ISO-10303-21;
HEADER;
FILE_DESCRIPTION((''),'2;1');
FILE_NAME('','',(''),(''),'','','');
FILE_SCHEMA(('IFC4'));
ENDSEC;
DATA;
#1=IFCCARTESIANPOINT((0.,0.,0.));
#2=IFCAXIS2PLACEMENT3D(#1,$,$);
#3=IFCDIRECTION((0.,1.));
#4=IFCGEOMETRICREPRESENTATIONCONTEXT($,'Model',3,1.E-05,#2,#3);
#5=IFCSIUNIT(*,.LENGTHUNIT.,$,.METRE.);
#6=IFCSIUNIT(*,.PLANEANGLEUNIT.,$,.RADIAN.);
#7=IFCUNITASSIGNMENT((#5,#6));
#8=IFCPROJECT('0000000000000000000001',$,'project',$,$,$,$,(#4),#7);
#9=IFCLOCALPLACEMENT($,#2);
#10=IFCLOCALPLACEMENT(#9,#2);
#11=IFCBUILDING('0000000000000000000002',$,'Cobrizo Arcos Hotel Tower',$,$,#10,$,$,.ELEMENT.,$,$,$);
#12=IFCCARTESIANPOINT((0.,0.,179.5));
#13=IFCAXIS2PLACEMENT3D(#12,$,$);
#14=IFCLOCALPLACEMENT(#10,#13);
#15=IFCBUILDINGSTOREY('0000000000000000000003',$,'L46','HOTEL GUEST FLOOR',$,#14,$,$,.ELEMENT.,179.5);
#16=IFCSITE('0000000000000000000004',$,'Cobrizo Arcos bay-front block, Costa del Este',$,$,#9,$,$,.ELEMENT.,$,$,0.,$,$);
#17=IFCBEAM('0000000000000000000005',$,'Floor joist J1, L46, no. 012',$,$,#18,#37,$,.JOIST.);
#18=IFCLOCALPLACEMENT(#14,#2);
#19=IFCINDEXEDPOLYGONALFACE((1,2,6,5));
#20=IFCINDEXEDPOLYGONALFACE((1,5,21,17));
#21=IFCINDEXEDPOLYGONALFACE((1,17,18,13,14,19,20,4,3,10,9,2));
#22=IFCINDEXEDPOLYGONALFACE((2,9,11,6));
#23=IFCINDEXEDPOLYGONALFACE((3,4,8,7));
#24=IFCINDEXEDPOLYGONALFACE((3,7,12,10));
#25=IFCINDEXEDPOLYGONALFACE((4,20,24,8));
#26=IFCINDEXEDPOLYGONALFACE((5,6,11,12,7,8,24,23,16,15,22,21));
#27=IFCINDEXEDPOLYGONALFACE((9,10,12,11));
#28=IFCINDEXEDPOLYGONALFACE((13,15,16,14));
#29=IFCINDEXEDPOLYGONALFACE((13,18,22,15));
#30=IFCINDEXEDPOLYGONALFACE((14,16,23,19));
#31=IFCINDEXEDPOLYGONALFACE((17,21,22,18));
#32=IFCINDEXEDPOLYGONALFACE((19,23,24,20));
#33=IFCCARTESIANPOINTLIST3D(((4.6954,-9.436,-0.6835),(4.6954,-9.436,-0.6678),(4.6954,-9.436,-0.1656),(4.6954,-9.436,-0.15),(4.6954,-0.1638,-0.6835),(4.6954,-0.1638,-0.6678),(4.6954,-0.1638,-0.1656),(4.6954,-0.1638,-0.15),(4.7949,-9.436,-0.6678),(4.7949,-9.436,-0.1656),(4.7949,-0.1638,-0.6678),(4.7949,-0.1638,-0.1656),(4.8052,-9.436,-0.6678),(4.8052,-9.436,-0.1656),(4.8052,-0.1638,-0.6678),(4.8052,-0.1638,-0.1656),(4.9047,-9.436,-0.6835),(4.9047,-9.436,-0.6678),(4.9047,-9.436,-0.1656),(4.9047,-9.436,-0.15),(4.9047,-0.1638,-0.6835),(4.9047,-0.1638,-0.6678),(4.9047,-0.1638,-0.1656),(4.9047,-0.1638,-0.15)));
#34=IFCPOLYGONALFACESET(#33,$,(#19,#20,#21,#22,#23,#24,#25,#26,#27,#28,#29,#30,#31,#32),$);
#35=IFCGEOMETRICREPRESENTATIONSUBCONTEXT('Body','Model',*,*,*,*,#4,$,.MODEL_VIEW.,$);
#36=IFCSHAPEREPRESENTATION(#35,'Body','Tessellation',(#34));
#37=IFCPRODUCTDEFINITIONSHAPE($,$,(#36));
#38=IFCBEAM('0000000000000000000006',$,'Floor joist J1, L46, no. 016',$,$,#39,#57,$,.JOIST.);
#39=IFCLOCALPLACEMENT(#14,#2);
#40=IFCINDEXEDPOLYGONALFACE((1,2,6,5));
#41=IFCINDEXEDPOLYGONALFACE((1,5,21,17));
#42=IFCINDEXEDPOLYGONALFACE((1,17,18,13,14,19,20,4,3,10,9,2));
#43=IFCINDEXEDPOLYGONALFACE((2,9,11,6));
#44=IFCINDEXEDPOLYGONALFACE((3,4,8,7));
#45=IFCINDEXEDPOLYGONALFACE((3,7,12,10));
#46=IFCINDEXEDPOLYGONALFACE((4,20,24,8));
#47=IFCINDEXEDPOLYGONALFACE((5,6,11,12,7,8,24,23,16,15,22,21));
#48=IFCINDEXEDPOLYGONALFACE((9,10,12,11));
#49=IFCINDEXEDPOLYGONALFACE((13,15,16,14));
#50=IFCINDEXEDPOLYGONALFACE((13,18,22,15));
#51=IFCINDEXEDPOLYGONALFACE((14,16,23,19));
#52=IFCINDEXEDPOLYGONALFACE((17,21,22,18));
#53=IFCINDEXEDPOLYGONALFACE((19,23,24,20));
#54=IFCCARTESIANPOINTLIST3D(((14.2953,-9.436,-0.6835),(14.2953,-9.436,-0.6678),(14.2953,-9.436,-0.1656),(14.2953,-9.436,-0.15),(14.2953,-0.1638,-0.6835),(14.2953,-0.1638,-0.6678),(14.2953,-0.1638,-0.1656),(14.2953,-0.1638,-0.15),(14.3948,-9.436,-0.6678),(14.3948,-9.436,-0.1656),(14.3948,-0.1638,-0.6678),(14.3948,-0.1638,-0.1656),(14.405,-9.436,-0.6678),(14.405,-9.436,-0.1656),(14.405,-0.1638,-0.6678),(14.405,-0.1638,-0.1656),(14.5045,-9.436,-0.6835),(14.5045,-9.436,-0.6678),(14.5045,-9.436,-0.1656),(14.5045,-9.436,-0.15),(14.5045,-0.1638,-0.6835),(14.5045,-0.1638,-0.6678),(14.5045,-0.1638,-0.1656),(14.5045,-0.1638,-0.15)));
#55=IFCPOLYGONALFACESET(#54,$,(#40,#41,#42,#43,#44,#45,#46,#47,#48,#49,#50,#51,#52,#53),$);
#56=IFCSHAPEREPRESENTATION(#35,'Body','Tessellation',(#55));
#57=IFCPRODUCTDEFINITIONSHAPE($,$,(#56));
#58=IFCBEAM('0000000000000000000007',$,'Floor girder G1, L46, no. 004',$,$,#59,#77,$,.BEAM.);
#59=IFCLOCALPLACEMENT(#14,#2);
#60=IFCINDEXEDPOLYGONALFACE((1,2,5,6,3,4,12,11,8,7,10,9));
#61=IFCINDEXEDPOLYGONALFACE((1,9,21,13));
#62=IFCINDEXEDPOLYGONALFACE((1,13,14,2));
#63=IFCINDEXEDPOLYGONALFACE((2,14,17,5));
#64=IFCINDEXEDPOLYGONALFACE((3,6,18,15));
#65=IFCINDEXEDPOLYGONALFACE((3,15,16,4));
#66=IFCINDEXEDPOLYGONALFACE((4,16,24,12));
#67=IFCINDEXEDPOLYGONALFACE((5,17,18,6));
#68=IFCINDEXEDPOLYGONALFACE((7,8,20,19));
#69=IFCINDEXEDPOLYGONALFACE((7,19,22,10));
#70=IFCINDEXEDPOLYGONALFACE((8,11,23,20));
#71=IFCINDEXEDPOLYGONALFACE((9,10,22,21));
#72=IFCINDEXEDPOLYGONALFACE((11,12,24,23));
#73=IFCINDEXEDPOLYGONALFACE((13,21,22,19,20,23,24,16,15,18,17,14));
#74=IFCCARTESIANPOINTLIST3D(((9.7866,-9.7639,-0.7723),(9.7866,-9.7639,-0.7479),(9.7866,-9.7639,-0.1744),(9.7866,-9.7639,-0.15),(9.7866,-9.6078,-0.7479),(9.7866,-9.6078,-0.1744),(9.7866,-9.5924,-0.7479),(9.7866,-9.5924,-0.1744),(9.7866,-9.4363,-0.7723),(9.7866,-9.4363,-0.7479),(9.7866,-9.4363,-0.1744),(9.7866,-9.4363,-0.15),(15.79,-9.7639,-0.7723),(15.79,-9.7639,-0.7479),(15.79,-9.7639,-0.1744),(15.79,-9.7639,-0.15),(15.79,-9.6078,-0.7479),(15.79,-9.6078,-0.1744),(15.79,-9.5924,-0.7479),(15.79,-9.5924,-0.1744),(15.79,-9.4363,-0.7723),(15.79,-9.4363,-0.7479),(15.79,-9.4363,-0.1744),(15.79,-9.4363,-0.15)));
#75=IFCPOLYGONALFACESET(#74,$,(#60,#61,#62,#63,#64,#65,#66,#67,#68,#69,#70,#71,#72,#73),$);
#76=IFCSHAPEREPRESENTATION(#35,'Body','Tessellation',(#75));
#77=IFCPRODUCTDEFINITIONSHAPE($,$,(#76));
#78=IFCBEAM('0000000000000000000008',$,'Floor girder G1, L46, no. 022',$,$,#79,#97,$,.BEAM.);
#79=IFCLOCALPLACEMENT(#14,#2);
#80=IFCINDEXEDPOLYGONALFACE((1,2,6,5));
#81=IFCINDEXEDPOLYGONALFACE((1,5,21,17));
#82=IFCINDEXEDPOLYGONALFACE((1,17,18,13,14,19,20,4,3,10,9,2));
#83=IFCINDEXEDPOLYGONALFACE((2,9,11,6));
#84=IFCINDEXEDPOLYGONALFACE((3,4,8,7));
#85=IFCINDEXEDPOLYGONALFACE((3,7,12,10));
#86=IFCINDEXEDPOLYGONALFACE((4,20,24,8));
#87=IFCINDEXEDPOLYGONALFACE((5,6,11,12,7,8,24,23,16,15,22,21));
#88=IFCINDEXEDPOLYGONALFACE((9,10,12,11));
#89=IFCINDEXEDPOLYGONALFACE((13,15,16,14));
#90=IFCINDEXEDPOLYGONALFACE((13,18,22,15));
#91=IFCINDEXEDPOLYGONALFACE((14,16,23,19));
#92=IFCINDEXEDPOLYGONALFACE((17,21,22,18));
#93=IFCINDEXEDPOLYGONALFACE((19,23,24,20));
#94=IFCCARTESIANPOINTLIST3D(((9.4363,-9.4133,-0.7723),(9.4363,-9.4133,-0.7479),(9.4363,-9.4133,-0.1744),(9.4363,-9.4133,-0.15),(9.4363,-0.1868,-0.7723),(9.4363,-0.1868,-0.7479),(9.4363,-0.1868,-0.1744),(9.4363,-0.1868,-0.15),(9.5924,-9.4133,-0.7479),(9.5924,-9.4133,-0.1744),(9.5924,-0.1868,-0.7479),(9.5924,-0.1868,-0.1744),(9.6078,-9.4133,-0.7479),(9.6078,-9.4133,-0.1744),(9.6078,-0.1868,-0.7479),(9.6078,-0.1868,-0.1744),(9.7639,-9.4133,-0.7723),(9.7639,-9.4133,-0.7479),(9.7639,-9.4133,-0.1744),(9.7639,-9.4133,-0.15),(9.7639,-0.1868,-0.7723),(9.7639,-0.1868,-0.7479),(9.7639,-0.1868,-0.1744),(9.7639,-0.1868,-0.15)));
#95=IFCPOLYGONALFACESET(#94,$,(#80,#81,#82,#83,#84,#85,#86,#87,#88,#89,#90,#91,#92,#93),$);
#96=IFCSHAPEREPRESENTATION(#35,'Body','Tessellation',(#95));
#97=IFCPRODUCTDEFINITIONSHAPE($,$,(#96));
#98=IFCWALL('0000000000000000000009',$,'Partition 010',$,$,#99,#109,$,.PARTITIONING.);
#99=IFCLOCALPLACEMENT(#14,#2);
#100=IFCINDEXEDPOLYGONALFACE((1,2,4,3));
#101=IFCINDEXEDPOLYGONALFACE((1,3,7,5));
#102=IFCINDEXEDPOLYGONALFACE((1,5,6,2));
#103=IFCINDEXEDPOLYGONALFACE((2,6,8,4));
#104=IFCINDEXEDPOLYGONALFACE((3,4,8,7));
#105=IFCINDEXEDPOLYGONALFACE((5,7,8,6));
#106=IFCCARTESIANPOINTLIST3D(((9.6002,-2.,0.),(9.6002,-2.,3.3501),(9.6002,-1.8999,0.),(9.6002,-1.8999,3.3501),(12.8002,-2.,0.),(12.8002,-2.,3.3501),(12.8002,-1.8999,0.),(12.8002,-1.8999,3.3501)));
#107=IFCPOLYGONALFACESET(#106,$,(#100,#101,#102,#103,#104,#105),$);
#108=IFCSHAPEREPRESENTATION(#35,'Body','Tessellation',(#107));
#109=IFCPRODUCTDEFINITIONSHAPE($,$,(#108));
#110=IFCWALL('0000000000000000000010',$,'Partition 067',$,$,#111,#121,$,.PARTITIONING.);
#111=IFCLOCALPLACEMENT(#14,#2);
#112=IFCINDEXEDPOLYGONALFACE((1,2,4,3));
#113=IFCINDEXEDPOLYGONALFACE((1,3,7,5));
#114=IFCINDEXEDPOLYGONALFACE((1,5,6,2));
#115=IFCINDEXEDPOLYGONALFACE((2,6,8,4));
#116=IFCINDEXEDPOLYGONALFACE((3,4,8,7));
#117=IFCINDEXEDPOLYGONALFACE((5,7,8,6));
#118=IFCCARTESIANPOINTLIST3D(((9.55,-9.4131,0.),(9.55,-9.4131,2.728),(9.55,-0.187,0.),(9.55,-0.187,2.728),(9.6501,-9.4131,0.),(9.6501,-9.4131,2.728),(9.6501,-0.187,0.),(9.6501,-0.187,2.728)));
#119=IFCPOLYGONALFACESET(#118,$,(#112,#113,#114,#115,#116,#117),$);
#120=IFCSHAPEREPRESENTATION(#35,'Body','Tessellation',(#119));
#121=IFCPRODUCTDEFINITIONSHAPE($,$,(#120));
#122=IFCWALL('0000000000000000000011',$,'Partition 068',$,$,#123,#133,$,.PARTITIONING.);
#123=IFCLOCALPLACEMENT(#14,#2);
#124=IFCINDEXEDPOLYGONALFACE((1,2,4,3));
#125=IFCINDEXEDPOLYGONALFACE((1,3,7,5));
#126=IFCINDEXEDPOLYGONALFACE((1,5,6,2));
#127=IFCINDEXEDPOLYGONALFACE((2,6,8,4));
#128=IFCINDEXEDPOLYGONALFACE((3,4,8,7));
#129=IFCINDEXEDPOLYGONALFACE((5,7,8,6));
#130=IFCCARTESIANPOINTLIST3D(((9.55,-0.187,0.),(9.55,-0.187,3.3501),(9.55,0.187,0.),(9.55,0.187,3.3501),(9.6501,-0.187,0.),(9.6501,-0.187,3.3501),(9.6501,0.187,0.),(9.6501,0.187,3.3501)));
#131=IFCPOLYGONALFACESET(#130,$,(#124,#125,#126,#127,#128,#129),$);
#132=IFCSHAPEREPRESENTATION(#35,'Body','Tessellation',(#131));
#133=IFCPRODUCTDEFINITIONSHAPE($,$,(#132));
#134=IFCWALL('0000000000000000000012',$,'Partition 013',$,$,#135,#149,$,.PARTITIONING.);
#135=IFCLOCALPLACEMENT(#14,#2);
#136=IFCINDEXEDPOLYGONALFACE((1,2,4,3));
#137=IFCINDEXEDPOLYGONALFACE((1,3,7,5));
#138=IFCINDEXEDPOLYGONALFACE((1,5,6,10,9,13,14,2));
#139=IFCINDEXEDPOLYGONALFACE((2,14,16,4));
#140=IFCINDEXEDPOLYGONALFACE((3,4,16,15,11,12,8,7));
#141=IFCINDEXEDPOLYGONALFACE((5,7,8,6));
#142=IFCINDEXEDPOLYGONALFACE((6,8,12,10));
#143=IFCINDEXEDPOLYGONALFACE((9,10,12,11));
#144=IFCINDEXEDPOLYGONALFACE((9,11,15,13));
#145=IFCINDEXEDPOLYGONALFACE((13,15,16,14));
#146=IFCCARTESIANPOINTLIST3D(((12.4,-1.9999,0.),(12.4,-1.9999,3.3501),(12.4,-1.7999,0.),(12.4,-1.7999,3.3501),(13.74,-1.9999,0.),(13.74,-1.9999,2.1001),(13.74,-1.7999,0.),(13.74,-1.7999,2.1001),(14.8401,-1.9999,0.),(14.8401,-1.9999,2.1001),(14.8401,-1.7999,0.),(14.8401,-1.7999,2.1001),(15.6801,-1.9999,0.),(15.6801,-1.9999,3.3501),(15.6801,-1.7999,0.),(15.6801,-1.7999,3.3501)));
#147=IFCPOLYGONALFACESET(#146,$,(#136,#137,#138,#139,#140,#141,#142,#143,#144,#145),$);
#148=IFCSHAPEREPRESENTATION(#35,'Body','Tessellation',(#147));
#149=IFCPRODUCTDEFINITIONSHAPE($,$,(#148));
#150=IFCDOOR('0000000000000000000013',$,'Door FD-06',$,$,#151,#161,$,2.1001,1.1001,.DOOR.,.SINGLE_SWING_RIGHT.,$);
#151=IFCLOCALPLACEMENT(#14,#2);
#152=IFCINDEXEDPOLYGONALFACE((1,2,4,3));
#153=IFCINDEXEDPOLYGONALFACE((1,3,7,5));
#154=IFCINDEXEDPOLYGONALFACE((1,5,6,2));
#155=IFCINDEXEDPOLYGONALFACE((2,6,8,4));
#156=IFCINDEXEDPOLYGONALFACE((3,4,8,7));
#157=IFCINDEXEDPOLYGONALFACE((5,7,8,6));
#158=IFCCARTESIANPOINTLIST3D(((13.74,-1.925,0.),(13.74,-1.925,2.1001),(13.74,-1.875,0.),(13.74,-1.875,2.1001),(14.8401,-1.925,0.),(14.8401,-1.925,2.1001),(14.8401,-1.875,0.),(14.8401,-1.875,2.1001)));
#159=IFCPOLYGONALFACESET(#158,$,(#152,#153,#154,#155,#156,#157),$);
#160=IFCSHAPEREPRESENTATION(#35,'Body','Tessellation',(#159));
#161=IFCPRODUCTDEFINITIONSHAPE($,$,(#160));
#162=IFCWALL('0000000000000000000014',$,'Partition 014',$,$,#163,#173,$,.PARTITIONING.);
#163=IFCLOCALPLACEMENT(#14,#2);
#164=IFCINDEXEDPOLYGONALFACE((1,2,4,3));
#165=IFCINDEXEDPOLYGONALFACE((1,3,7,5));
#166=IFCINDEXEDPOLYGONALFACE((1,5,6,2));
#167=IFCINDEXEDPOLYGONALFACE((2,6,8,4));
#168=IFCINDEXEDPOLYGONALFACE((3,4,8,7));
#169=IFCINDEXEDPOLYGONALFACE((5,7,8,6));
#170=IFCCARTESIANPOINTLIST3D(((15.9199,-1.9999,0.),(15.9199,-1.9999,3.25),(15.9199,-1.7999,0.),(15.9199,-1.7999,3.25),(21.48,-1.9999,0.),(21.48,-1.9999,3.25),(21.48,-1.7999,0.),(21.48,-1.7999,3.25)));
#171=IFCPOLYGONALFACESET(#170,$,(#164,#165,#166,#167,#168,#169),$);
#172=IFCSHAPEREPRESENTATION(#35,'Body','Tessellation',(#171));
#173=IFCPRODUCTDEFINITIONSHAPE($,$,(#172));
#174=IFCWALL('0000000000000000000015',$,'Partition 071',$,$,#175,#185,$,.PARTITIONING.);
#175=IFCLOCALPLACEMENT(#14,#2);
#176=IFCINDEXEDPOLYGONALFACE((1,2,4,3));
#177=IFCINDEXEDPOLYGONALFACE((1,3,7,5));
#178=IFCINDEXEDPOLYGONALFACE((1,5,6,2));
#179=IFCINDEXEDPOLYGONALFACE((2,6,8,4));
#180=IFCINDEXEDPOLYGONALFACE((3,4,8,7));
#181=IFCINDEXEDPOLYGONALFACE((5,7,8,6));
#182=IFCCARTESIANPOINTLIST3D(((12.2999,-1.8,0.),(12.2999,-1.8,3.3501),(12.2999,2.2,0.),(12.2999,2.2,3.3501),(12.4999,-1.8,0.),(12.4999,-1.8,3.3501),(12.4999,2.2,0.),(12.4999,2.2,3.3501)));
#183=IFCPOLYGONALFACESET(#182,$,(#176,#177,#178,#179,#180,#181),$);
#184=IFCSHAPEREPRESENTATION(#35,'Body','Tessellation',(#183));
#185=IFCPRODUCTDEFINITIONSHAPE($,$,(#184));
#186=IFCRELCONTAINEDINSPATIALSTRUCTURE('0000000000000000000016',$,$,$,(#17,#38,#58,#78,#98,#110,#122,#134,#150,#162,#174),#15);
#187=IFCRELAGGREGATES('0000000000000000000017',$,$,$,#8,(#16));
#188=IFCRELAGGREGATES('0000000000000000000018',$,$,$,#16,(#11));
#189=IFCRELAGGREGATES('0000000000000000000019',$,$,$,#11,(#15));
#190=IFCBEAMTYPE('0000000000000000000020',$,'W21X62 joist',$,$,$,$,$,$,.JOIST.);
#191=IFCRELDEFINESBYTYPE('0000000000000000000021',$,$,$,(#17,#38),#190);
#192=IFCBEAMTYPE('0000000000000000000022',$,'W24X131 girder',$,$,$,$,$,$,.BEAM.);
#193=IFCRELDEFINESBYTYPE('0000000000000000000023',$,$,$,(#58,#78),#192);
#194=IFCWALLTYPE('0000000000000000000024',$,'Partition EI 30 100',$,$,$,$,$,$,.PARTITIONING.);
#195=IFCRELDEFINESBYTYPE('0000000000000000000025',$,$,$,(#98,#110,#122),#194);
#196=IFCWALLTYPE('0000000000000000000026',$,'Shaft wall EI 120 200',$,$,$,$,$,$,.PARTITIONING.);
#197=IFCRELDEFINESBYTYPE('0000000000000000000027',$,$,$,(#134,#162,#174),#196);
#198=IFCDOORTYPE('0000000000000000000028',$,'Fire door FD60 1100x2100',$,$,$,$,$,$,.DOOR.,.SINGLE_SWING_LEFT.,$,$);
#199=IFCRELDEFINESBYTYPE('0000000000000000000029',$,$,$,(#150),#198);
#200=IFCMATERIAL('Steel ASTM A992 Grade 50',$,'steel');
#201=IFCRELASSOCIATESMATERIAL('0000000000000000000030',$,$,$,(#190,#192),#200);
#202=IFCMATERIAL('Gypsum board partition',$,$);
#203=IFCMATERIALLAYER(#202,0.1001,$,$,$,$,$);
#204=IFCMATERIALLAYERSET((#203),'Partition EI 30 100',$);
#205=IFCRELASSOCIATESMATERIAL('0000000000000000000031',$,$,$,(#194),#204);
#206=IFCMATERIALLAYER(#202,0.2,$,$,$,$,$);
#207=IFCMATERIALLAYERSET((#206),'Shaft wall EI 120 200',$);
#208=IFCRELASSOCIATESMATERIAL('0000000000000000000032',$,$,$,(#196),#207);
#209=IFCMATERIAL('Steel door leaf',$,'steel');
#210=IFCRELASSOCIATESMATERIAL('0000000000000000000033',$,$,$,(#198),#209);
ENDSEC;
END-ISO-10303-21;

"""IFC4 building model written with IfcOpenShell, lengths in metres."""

from ifc_helpers import new_model, si_unit, direction, frame, frame_2d, origin, origin_2d, place, context, subcontext, project, spatial, rectangle, i_section, extrude, material, layer, layer_set, material_profile, profile_set, type_object, element, fill, save


model = new_model("IFC4")

# Units and contexts
model_context = context("Model", 3, precision=1e-05, world=origin(), true_north=direction((0.0, 1.0)))
body_context = subcontext(model_context, "Body", "Model", "MODEL_VIEW")
ifc_project = project(units=[si_unit("LENGTHUNIT", "METRE"), si_unit("PLANEANGLEUNIT", "RADIAN")], contexts=[model_context])

# Site, building, storey
site_placement = place(None, origin())
site = spatial("IfcSite", under=ifc_project, at=site_placement, Name="Cobrizo Arcos bay-front block, Costa del Este", CompositionType="ELEMENT", RefElevation=0.0)
building_placement = place(site_placement, origin())
building = spatial("IfcBuilding", under=site, at=building_placement, Name="Cobrizo Arcos Hotel Tower", CompositionType="ELEMENT")
storey_placement = place(building_placement, frame((0.0, 0.0, 179.5)))
storey = spatial("IfcBuildingStorey", under=building, at=storey_placement, Name="L46", Description="HOTEL GUEST FLOOR", CompositionType="ELEMENT", Elevation=179.5)

# Beams
ifc_material_1 = material(Name="Steel ASTM A992 Grade 50", Category="steel")
ifc_material_profile_1 = material_profile(ifc_material_1, i_section(OverallWidth=0.2092, OverallDepth=0.5334, WebThickness=0.0103, FlangeThickness=0.0156, at=origin_2d()), Name="W21X62")
ifc_profile_set_1 = profile_set([ifc_material_profile_1], Name="Steel ASTM A992 Grade 50")
beam_type_1 = type_object("IfcBeamType", Name="W21X62 joist", PredefinedType="JOIST", material=ifc_profile_set_1)
for number, where, z_axis, x_axis, name in (
    (1, (4.8, -9.436, -0.4167), (0.0, 1.0, 0.0), (-1.0, 0.0, 0.0), "Floor joist J1, L46, no. 012"),
    (2, (14.3999, -9.436, -0.4167), (0.0, 1.0, 0.0), (-1.0, 0.0, 0.0), "Floor joist J1, L46, no. 016"),
):
    element("IfcBeam", number, at=place(storey_placement, frame(where, z_axis=z_axis, x_axis=x_axis)), inside=storey, type_object=beam_type_1, Name=name, PredefinedType="JOIST", context=body_context, shape_type="SweptSolid", body=[
        extrude(i_section(OverallWidth=0.2092, OverallDepth=0.5334, WebThickness=0.0103, FlangeThickness=0.0156, at=origin_2d()), origin(), (0.0, 0.0, 1.0), 9.2722),
    ])
ifc_material_profile_2 = material_profile(ifc_material_1, i_section(OverallWidth=0.3276, OverallDepth=0.6223, WebThickness=0.0154, FlangeThickness=0.0244, at=origin_2d()), Name="W24X131")
ifc_profile_set_2 = profile_set([ifc_material_profile_2], Name="Steel ASTM A992 Grade 50")
beam_type_2 = type_object("IfcBeamType", Name="W24X131 girder", PredefinedType="BEAM", material=ifc_profile_set_2)
beam_1_placement = place(storey_placement, frame((9.7866, -9.6001, -0.4612), z_axis=(1.0, 0.0, 0.0), x_axis=(0.0, 1.0, 0.0)))
element("IfcBeam", 3, at=beam_1_placement, inside=storey, type_object=beam_type_2, Name="Floor girder G1, L46, no. 004", PredefinedType="BEAM", context=body_context, shape_type="SweptSolid", body=[
    extrude(i_section(OverallWidth=0.3276, OverallDepth=0.6223, WebThickness=0.0154, FlangeThickness=0.0244, at=origin_2d()), origin(), (0.0, 0.0, 1.0), 6.0034),
])
beam_2_placement = place(storey_placement, frame((9.6001, -9.4133, -0.4612), z_axis=(0.0, 1.0, 0.0), x_axis=(-1.0, 0.0, 0.0)))
element("IfcBeam", 4, at=beam_2_placement, inside=storey, type_object=beam_type_2, Name="Floor girder G1, L46, no. 022", PredefinedType="BEAM", context=body_context, shape_type="SweptSolid", body=[
    extrude(i_section(OverallWidth=0.3276, OverallDepth=0.6223, WebThickness=0.0154, FlangeThickness=0.0244, at=origin_2d()), origin(), (0.0, 0.0, 1.0), 9.2266),
])

# Walls
ifc_material_2 = material(Name="Gypsum board partition")
ifc_layer_1 = layer(ifc_material_2, 0.1001)
ifc_layer_set_1 = layer_set([ifc_layer_1], Name="Partition EI 30 100")
wall_type_1 = type_object("IfcWallType", Name="Partition EI 30 100", PredefinedType="PARTITIONING", material=ifc_layer_set_1)
wall_1_placement = place(storey_placement, frame((9.6001, -1.95, 0.0), z_axis=(0.0, 0.0, 1.0), x_axis=(1.0, 0.0, 0.0)))
element("IfcWall", 5, at=wall_1_placement, inside=storey, type_object=wall_type_1, Name="Partition 010", PredefinedType="PARTITIONING", context=body_context, shape_type="SweptSolid", body=[
    extrude(rectangle(XDim=3.2, YDim=0.1001, at=frame_2d((1.6001, 0.0))), origin(), (0.0, 0.0, 1.0), 3.3501),
])
wall_2_placement = place(storey_placement, frame((9.6001, -9.4131, 0.0), z_axis=(0.0, 0.0, 1.0), x_axis=(0.0, 1.0, 0.0)))
element("IfcWall", 6, at=wall_2_placement, inside=storey, type_object=wall_type_1, Name="Partition 067", PredefinedType="PARTITIONING", context=body_context, shape_type="SweptSolid", body=[
    extrude(rectangle(XDim=9.2261, YDim=0.1001, at=frame_2d((4.613, 0.0))), origin(), (0.0, 0.0, 1.0), 2.728),
])
wall_3_placement = place(storey_placement, frame((9.6001, -0.187, 0.0), z_axis=(0.0, 0.0, 1.0), x_axis=(0.0, 1.0, 0.0)))
element("IfcWall", 7, at=wall_3_placement, inside=storey, type_object=wall_type_1, Name="Partition 068", PredefinedType="PARTITIONING", context=body_context, shape_type="SweptSolid", body=[
    extrude(rectangle(XDim=0.374, YDim=0.1001, at=frame_2d((0.187, 0.0))), origin(), (0.0, 0.0, 1.0), 3.3501),
])

# Wall, opening, door
ifc_layer_2 = layer(ifc_material_2, 0.2)
ifc_layer_set_2 = layer_set([ifc_layer_2], Name="Shaft wall EI 120 200")
wall_type_2 = type_object("IfcWallType", Name="Shaft wall EI 120 200", PredefinedType="PARTITIONING", material=ifc_layer_set_2)
wall_4_placement = place(storey_placement, frame((12.3999, -1.8999, 0.0), z_axis=(0.0, 0.0, 1.0), x_axis=(1.0, 0.0, 0.0)))
wall_4 = element("IfcWall", 8, at=wall_4_placement, inside=storey, type_object=wall_type_2, Name="Partition 013", PredefinedType="PARTITIONING", context=body_context, shape_type="SweptSolid", body=[
    extrude(rectangle(XDim=3.28, YDim=0.2, at=frame_2d((1.6401, 0.0))), origin(), (0.0, 0.0, 1.0), 3.3501),
])
opening_placement = place(wall_4_placement, frame((1.3401, 0.0, 0.0)))
opening = element("IfcOpeningElement", 9, at=opening_placement, cuts=wall_4, PredefinedType="OPENING", context=body_context, shape_type="SweptSolid", body=[
    extrude(rectangle(XDim=1.1001, YDim=2.1001, at=frame_2d((0.55, 1.05))), frame((0.0, 0.1121, 0.0), z_axis=(0.0, -1.0, 0.0), x_axis=(1.0, 0.0, 0.0)), (0.0, 0.0, 1.0), 0.2239),
])
ifc_material_3 = material(Name="Steel door leaf", Category="steel")
door_type = type_object("IfcDoorType", Name="Fire door FD60 1100x2100", OperationType="SINGLE_SWING_LEFT", PredefinedType="DOOR", material=ifc_material_3)
door_placement = place(opening_placement, origin())
door = element("IfcDoor", 10, at=door_placement, inside=storey, type_object=door_type, Name="Door FD-06", OperationType="SINGLE_SWING_RIGHT", OverallHeight=2.1001, OverallWidth=1.1001, PredefinedType="DOOR", context=body_context, shape_type="SweptSolid", body=[
    extrude(rectangle(XDim=1.1001, YDim=2.1001, at=frame_2d((0.55, 1.05))), frame((0.0, 0.0249, 0.0), z_axis=(0.0, -1.0, 0.0), x_axis=(1.0, 0.0, 0.0)), (0.0, 0.0, 1.0), 0.05),
])
fill(opening, door)

# Walls
wall_5_placement = place(storey_placement, frame((15.9199, -1.8999, 0.0), z_axis=(0.0, 0.0, 1.0), x_axis=(1.0, 0.0, 0.0)))
element("IfcWall", 11, at=wall_5_placement, inside=storey, type_object=wall_type_2, Name="Partition 014", PredefinedType="PARTITIONING", context=body_context, shape_type="SweptSolid", body=[
    extrude(rectangle(XDim=5.5601, YDim=0.2, at=frame_2d((2.78, 0.0))), origin(), (0.0, 0.0, 1.0), 3.25),
])
wall_6_placement = place(storey_placement, frame((12.3999, -1.8, 0.0), z_axis=(0.0, 0.0, 1.0), x_axis=(0.0, 1.0, 0.0)))
element("IfcWall", 12, at=wall_6_placement, inside=storey, type_object=wall_type_2, Name="Partition 071", PredefinedType="PARTITIONING", context=body_context, shape_type="SweptSolid", body=[
    extrude(rectangle(XDim=4.0, YDim=0.2, at=frame_2d((2.0, 0.0))), origin(), (0.0, 0.0, 1.0), 3.3501),
])

save(model, "model.ifc")
